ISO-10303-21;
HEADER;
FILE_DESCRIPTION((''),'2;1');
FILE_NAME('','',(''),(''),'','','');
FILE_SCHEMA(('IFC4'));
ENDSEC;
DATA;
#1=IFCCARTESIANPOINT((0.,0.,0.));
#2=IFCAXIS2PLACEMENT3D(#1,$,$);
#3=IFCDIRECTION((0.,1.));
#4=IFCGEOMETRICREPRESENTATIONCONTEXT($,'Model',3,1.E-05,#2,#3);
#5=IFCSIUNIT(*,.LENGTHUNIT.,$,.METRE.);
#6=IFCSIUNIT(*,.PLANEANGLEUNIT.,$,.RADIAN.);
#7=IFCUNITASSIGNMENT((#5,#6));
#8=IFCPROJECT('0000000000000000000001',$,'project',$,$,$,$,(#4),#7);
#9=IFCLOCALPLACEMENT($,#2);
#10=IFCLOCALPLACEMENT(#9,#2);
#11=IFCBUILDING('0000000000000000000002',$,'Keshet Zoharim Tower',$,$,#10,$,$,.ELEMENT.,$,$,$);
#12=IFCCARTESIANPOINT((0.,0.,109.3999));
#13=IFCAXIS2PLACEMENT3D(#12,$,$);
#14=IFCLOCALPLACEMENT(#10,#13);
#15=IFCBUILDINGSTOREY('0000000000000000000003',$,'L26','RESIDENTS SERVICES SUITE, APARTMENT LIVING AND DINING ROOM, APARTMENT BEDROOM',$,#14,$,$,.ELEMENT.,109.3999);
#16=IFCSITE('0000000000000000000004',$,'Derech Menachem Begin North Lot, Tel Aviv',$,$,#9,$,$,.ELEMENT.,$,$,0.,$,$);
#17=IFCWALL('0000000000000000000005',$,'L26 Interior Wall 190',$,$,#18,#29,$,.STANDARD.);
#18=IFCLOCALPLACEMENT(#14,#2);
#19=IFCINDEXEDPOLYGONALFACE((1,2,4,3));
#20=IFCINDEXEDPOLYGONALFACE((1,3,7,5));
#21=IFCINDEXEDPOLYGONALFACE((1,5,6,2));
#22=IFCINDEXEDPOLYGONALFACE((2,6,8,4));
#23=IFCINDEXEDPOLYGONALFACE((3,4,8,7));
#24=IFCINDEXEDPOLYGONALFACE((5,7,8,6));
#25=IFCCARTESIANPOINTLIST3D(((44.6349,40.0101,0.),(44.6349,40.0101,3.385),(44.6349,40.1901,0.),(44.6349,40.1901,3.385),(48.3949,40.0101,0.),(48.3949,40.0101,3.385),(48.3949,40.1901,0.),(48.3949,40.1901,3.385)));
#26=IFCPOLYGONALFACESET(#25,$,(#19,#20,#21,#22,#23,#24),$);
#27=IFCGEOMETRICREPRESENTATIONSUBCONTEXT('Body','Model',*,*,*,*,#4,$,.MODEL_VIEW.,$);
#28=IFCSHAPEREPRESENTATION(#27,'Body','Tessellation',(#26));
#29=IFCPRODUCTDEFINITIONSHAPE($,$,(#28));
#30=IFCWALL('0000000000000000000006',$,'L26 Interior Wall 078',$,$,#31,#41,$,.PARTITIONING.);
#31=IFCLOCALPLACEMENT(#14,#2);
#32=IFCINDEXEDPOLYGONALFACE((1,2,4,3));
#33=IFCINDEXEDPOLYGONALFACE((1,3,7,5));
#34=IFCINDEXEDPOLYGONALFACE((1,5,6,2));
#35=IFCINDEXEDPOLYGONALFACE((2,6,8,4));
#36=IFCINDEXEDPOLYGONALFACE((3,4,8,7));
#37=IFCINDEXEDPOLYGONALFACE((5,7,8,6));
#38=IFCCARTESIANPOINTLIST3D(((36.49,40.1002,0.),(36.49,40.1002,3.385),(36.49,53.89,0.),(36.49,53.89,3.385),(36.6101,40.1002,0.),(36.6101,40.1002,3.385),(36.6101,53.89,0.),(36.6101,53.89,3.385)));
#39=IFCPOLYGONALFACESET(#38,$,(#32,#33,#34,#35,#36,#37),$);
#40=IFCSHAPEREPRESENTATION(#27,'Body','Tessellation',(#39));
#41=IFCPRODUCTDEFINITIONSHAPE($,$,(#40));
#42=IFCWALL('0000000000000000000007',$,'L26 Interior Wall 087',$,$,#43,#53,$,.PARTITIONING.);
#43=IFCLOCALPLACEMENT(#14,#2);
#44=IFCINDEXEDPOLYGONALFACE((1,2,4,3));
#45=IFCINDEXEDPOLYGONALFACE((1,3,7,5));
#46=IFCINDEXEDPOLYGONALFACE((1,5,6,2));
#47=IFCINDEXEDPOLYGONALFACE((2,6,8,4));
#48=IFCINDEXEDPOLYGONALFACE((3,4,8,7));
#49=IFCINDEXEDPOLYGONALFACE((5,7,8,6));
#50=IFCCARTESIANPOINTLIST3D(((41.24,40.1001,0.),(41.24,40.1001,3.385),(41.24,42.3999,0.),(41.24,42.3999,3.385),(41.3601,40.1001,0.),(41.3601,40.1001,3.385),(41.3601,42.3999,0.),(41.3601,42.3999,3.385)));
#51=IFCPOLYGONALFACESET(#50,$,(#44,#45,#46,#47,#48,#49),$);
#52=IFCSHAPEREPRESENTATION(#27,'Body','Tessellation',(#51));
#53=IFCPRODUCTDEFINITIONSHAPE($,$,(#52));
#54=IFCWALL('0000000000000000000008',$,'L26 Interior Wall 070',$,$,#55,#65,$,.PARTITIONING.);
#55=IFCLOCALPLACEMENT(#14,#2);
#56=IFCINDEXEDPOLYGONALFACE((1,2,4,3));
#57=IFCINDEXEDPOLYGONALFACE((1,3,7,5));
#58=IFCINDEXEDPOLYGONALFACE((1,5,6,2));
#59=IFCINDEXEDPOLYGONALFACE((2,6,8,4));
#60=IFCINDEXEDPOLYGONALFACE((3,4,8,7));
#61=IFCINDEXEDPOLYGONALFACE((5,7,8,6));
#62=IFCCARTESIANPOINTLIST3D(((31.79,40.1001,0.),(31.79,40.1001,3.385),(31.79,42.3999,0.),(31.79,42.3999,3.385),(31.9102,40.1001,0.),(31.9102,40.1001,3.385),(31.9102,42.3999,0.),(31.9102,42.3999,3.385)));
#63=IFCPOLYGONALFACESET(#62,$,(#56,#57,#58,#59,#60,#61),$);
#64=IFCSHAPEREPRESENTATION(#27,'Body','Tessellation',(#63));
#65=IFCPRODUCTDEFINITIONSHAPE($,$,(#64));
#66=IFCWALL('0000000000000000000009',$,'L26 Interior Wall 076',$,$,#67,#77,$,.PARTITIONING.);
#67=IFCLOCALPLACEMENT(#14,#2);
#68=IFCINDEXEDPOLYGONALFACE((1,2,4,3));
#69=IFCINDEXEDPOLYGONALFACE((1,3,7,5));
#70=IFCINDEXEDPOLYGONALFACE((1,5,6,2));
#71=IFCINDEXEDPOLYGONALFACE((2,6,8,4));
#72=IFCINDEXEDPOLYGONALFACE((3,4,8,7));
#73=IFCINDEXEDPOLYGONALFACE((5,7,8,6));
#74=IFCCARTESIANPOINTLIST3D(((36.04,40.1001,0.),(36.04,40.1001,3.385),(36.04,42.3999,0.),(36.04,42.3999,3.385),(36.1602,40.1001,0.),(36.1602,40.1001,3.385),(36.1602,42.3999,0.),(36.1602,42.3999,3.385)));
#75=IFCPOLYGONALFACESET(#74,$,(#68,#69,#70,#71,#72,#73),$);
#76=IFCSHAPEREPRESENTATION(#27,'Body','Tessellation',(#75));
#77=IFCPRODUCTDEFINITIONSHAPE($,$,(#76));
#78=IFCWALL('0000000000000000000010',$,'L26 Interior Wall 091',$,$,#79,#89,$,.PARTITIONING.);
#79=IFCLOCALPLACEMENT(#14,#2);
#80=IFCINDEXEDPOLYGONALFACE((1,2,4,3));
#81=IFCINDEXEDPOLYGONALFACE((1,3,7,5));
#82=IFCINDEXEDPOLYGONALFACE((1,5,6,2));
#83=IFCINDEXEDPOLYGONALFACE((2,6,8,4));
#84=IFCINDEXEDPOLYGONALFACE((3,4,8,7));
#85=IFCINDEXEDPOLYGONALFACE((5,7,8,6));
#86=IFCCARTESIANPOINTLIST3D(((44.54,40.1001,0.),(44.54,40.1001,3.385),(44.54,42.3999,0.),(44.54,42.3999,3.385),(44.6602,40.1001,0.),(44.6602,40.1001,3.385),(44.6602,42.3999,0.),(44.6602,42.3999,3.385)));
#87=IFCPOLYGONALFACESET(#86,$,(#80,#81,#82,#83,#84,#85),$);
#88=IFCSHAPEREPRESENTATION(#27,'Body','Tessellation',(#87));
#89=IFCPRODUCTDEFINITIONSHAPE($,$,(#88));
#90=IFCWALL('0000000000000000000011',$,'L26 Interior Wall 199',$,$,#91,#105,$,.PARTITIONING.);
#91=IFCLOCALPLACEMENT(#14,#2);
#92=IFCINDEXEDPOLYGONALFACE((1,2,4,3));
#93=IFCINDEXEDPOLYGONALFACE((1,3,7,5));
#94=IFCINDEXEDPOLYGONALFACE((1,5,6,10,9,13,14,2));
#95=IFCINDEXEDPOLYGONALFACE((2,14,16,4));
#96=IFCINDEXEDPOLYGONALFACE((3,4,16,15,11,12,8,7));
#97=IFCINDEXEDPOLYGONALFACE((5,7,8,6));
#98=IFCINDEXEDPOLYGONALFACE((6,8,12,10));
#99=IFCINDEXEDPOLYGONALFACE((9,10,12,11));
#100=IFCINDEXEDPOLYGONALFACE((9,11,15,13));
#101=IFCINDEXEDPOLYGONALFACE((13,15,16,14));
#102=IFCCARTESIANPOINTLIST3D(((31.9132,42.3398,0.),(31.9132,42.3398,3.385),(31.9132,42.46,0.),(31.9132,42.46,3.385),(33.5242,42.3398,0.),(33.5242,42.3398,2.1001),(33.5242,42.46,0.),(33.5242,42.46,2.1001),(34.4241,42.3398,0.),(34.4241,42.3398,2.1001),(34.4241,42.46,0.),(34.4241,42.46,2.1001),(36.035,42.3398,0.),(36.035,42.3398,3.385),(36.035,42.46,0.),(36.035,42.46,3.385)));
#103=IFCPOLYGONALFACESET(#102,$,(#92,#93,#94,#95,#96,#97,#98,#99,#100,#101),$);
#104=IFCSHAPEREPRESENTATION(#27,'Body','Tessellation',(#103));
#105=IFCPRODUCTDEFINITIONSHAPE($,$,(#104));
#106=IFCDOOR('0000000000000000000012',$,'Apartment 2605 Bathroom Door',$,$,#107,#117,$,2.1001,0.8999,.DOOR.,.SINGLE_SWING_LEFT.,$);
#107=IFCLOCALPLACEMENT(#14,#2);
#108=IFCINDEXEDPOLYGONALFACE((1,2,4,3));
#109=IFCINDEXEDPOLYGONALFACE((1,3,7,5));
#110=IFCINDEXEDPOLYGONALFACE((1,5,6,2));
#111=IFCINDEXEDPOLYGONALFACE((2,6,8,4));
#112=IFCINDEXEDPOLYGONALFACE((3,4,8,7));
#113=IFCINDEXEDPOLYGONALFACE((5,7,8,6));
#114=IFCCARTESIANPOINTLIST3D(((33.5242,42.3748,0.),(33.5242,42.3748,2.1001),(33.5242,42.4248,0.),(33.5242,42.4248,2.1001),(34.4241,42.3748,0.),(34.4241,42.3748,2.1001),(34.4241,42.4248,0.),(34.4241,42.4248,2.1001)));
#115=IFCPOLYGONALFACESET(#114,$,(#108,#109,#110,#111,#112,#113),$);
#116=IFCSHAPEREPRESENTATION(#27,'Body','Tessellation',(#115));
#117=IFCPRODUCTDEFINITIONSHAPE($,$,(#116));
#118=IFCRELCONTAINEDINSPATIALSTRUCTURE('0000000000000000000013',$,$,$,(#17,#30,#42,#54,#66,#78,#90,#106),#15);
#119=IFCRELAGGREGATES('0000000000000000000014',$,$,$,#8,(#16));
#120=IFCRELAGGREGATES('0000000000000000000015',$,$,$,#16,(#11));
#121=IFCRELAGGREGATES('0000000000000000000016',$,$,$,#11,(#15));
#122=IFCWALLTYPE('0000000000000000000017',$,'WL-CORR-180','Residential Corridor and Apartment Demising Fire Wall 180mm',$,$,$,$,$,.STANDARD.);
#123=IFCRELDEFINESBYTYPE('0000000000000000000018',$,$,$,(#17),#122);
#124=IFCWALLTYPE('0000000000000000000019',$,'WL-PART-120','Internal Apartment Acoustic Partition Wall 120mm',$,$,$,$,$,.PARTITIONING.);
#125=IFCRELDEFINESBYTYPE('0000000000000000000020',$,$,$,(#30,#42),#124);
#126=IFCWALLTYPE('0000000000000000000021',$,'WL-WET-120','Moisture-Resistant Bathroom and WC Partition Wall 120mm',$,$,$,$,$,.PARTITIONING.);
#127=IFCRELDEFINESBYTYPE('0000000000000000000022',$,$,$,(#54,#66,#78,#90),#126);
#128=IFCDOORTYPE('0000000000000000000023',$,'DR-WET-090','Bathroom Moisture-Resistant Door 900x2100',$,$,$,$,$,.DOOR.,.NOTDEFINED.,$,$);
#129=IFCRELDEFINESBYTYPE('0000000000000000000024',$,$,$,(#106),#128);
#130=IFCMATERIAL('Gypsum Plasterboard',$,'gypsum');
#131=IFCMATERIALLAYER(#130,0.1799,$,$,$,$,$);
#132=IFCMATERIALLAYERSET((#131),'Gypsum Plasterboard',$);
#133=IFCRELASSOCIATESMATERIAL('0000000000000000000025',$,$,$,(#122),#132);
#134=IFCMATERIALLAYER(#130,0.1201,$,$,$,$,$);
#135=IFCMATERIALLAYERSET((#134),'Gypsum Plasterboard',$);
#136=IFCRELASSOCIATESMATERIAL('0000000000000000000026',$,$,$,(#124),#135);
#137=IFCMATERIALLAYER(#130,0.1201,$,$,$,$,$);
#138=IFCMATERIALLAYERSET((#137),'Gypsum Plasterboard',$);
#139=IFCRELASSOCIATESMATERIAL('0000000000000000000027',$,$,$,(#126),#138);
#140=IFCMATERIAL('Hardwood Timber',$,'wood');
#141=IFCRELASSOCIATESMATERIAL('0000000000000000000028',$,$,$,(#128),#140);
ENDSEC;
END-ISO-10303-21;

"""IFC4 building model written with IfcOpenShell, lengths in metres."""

from ifc_helpers import new_model, si_unit, direction, frame, frame_2d, origin, place, context, subcontext, project, spatial, rectangle, extrude, material, layer, layer_set, type_object, element, fill, save


model = new_model("IFC4")

# Units and contexts
model_context = context("Model", 3, precision=1e-05, world=origin(), true_north=direction((0.0, 1.0)))
body_context = subcontext(model_context, "Body", "Model", "MODEL_VIEW")
ifc_project = project(units=[si_unit("LENGTHUNIT", "METRE"), si_unit("PLANEANGLEUNIT", "RADIAN")], contexts=[model_context])

# Site, building, storey
site_placement = place(None, origin())
site = spatial("IfcSite", under=ifc_project, at=site_placement, Name="Derech Menachem Begin North Lot, Tel Aviv", CompositionType="ELEMENT", RefElevation=0.0)
building_placement = place(site_placement, origin())
building = spatial("IfcBuilding", under=site, at=building_placement, Name="Keshet Zoharim Tower", CompositionType="ELEMENT")
storey_placement = place(building_placement, frame((0.0, 0.0, 109.3999)))
storey = spatial("IfcBuildingStorey", under=building, at=storey_placement, Name="L26", Description="RESIDENTS SERVICES SUITE, APARTMENT LIVING AND DINING ROOM, APARTMENT BEDROOM", CompositionType="ELEMENT", Elevation=109.3999)

# Shared definitions
ifc_material_1 = material(Name="Gypsum Plasterboard", Category="gypsum")
ifc_material_2 = material(Name="Hardwood Timber", Category="wood")

# Shared definitions
ifc_layer_1 = layer(ifc_material_1, 0.1799)
ifc_layer_set_1 = layer_set([ifc_layer_1], Name="Gypsum Plasterboard")
wall_type_1 = type_object("IfcWallType", Name="WL-CORR-180", Description="Residential Corridor and Apartment Demising Fire Wall 180mm", PredefinedType="STANDARD", material=ifc_layer_set_1)

# Walls
wall_1_placement = place(storey_placement, frame((44.635, 40.1001, 0.0), z_axis=(0.0, 0.0, 1.0), x_axis=(1.0, 0.0, 0.0)))
element("IfcWall", 1, at=wall_1_placement, inside=storey, type_object=wall_type_1, Name="L26 Interior Wall 190", PredefinedType="STANDARD", context=body_context, shape_type="SweptSolid", body=[
    extrude(rectangle(XDim=3.76, YDim=0.1799, at=frame_2d((1.8799, 0.0))), origin(), (0.0, 0.0, 1.0), 3.385),
])
ifc_layer_2 = layer(ifc_material_1, 0.1201)
ifc_layer_set_2 = layer_set([ifc_layer_2], Name="Gypsum Plasterboard")
wall_type_2 = type_object("IfcWallType", Name="WL-PART-120", Description="Internal Apartment Acoustic Partition Wall 120mm", PredefinedType="PARTITIONING", material=ifc_layer_set_2)
wall_2_placement = place(storey_placement, frame((36.55, 40.1001, 0.0), z_axis=(0.0, 0.0, 1.0), x_axis=(0.0, 1.0, 0.0)))
element("IfcWall", 2, at=wall_2_placement, inside=storey, type_object=wall_type_2, Name="L26 Interior Wall 078", PredefinedType="PARTITIONING", context=body_context, shape_type="SweptSolid", body=[
    extrude(rectangle(XDim=13.7898, YDim=0.1201, at=frame_2d((6.895, 0.0))), origin(), (0.0, 0.0, 1.0), 3.385),
])
wall_3_placement = place(storey_placement, frame((41.3, 40.1001, 0.0), z_axis=(0.0, 0.0, 1.0), x_axis=(0.0, 1.0, 0.0)))
element("IfcWall", 3, at=wall_3_placement, inside=storey, type_object=wall_type_2, Name="L26 Interior Wall 087", PredefinedType="PARTITIONING", context=body_context, shape_type="SweptSolid", body=[
    extrude(rectangle(XDim=2.2998, YDim=0.1201, at=frame_2d((1.1499, 0.0))), origin(), (0.0, 0.0, 1.0), 3.385),
])
ifc_layer_3 = layer(ifc_material_1, 0.1201)
ifc_layer_set_3 = layer_set([ifc_layer_3], Name="Gypsum Plasterboard")
wall_type_3 = type_object("IfcWallType", Name="WL-WET-120", Description="Moisture-Resistant Bathroom and WC Partition Wall 120mm", PredefinedType="PARTITIONING", material=ifc_layer_set_3)
for number, where, z_axis, x_axis, name in (
    (4, (31.8501, 40.1001, 0.0), (0.0, 0.0, 1.0), (0.0, 1.0, 0.0), "L26 Interior Wall 070"),
    (5, (36.1001, 40.1001, 0.0), (0.0, 0.0, 1.0), (0.0, 1.0, 0.0), "L26 Interior Wall 076"),
    (6, (44.6001, 40.1001, 0.0), (0.0, 0.0, 1.0), (0.0, 1.0, 0.0), "L26 Interior Wall 091"),
):
    element("IfcWall", number, at=place(storey_placement, frame(where, z_axis=z_axis, x_axis=x_axis)), inside=storey, type_object=wall_type_3, Name=name, PredefinedType="PARTITIONING", context=body_context, shape_type="SweptSolid", body=[
        extrude(rectangle(XDim=2.2998, YDim=0.1201, at=frame_2d((1.1499, 0.0))), origin(), (0.0, 0.0, 1.0), 3.385),
    ])

# Wall, opening, door
wall_4_placement = place(storey_placement, frame((31.9131, 42.3999, 0.0), z_axis=(0.0, 0.0, 1.0), x_axis=(1.0, 0.0, 0.0)))
wall_4 = element("IfcWall", 7, at=wall_4_placement, inside=storey, type_object=wall_type_3, Name="L26 Interior Wall 199", PredefinedType="PARTITIONING", context=body_context, shape_type="SweptSolid", body=[
    extrude(rectangle(XDim=4.1218, YDim=0.1201, at=frame_2d((2.061, 0.0))), origin(), (0.0, 0.0, 1.0), 3.385),
])
opening_1_placement = place(wall_4_placement, frame((1.6111, 0.0, 0.0)))
opening_1 = element("IfcOpeningElement", 8, at=opening_1_placement, cuts=wall_4, PredefinedType="OPENING", context=body_context, shape_type="SweptSolid", body=[
    extrude(rectangle(XDim=0.8999, YDim=2.1001, at=frame_2d((0.45, 1.05))), frame((0.0, 0.0701, 0.0), z_axis=(0.0, -1.0, 0.0), x_axis=(1.0, 0.0, 0.0)), (0.0, 0.0, 1.0), 0.1401),
])
door_type_1 = type_object("IfcDoorType", Name="DR-WET-090", Description="Bathroom Moisture-Resistant Door 900x2100", OperationType="NOTDEFINED", PredefinedType="DOOR", material=ifc_material_2)
door_1_placement = place(opening_1_placement, origin())
door_1 = element("IfcDoor", 9, at=door_1_placement, inside=storey, type_object=door_type_1, Name="Apartment 2605 Bathroom Door", OperationType="SINGLE_SWING_LEFT", OverallHeight=2.1001, OverallWidth=0.8999, PredefinedType="DOOR", context=body_context, shape_type="SweptSolid", body=[
    extrude(rectangle(XDim=0.8999, YDim=2.1001, at=frame_2d((0.45, 1.05))), frame((0.0, 0.0249, 0.0), z_axis=(0.0, -1.0, 0.0), x_axis=(1.0, 0.0, 0.0)), (0.0, 0.0, 1.0), 0.05),
])
fill(opening_1, door_1)

save(model, "model.ifc")
